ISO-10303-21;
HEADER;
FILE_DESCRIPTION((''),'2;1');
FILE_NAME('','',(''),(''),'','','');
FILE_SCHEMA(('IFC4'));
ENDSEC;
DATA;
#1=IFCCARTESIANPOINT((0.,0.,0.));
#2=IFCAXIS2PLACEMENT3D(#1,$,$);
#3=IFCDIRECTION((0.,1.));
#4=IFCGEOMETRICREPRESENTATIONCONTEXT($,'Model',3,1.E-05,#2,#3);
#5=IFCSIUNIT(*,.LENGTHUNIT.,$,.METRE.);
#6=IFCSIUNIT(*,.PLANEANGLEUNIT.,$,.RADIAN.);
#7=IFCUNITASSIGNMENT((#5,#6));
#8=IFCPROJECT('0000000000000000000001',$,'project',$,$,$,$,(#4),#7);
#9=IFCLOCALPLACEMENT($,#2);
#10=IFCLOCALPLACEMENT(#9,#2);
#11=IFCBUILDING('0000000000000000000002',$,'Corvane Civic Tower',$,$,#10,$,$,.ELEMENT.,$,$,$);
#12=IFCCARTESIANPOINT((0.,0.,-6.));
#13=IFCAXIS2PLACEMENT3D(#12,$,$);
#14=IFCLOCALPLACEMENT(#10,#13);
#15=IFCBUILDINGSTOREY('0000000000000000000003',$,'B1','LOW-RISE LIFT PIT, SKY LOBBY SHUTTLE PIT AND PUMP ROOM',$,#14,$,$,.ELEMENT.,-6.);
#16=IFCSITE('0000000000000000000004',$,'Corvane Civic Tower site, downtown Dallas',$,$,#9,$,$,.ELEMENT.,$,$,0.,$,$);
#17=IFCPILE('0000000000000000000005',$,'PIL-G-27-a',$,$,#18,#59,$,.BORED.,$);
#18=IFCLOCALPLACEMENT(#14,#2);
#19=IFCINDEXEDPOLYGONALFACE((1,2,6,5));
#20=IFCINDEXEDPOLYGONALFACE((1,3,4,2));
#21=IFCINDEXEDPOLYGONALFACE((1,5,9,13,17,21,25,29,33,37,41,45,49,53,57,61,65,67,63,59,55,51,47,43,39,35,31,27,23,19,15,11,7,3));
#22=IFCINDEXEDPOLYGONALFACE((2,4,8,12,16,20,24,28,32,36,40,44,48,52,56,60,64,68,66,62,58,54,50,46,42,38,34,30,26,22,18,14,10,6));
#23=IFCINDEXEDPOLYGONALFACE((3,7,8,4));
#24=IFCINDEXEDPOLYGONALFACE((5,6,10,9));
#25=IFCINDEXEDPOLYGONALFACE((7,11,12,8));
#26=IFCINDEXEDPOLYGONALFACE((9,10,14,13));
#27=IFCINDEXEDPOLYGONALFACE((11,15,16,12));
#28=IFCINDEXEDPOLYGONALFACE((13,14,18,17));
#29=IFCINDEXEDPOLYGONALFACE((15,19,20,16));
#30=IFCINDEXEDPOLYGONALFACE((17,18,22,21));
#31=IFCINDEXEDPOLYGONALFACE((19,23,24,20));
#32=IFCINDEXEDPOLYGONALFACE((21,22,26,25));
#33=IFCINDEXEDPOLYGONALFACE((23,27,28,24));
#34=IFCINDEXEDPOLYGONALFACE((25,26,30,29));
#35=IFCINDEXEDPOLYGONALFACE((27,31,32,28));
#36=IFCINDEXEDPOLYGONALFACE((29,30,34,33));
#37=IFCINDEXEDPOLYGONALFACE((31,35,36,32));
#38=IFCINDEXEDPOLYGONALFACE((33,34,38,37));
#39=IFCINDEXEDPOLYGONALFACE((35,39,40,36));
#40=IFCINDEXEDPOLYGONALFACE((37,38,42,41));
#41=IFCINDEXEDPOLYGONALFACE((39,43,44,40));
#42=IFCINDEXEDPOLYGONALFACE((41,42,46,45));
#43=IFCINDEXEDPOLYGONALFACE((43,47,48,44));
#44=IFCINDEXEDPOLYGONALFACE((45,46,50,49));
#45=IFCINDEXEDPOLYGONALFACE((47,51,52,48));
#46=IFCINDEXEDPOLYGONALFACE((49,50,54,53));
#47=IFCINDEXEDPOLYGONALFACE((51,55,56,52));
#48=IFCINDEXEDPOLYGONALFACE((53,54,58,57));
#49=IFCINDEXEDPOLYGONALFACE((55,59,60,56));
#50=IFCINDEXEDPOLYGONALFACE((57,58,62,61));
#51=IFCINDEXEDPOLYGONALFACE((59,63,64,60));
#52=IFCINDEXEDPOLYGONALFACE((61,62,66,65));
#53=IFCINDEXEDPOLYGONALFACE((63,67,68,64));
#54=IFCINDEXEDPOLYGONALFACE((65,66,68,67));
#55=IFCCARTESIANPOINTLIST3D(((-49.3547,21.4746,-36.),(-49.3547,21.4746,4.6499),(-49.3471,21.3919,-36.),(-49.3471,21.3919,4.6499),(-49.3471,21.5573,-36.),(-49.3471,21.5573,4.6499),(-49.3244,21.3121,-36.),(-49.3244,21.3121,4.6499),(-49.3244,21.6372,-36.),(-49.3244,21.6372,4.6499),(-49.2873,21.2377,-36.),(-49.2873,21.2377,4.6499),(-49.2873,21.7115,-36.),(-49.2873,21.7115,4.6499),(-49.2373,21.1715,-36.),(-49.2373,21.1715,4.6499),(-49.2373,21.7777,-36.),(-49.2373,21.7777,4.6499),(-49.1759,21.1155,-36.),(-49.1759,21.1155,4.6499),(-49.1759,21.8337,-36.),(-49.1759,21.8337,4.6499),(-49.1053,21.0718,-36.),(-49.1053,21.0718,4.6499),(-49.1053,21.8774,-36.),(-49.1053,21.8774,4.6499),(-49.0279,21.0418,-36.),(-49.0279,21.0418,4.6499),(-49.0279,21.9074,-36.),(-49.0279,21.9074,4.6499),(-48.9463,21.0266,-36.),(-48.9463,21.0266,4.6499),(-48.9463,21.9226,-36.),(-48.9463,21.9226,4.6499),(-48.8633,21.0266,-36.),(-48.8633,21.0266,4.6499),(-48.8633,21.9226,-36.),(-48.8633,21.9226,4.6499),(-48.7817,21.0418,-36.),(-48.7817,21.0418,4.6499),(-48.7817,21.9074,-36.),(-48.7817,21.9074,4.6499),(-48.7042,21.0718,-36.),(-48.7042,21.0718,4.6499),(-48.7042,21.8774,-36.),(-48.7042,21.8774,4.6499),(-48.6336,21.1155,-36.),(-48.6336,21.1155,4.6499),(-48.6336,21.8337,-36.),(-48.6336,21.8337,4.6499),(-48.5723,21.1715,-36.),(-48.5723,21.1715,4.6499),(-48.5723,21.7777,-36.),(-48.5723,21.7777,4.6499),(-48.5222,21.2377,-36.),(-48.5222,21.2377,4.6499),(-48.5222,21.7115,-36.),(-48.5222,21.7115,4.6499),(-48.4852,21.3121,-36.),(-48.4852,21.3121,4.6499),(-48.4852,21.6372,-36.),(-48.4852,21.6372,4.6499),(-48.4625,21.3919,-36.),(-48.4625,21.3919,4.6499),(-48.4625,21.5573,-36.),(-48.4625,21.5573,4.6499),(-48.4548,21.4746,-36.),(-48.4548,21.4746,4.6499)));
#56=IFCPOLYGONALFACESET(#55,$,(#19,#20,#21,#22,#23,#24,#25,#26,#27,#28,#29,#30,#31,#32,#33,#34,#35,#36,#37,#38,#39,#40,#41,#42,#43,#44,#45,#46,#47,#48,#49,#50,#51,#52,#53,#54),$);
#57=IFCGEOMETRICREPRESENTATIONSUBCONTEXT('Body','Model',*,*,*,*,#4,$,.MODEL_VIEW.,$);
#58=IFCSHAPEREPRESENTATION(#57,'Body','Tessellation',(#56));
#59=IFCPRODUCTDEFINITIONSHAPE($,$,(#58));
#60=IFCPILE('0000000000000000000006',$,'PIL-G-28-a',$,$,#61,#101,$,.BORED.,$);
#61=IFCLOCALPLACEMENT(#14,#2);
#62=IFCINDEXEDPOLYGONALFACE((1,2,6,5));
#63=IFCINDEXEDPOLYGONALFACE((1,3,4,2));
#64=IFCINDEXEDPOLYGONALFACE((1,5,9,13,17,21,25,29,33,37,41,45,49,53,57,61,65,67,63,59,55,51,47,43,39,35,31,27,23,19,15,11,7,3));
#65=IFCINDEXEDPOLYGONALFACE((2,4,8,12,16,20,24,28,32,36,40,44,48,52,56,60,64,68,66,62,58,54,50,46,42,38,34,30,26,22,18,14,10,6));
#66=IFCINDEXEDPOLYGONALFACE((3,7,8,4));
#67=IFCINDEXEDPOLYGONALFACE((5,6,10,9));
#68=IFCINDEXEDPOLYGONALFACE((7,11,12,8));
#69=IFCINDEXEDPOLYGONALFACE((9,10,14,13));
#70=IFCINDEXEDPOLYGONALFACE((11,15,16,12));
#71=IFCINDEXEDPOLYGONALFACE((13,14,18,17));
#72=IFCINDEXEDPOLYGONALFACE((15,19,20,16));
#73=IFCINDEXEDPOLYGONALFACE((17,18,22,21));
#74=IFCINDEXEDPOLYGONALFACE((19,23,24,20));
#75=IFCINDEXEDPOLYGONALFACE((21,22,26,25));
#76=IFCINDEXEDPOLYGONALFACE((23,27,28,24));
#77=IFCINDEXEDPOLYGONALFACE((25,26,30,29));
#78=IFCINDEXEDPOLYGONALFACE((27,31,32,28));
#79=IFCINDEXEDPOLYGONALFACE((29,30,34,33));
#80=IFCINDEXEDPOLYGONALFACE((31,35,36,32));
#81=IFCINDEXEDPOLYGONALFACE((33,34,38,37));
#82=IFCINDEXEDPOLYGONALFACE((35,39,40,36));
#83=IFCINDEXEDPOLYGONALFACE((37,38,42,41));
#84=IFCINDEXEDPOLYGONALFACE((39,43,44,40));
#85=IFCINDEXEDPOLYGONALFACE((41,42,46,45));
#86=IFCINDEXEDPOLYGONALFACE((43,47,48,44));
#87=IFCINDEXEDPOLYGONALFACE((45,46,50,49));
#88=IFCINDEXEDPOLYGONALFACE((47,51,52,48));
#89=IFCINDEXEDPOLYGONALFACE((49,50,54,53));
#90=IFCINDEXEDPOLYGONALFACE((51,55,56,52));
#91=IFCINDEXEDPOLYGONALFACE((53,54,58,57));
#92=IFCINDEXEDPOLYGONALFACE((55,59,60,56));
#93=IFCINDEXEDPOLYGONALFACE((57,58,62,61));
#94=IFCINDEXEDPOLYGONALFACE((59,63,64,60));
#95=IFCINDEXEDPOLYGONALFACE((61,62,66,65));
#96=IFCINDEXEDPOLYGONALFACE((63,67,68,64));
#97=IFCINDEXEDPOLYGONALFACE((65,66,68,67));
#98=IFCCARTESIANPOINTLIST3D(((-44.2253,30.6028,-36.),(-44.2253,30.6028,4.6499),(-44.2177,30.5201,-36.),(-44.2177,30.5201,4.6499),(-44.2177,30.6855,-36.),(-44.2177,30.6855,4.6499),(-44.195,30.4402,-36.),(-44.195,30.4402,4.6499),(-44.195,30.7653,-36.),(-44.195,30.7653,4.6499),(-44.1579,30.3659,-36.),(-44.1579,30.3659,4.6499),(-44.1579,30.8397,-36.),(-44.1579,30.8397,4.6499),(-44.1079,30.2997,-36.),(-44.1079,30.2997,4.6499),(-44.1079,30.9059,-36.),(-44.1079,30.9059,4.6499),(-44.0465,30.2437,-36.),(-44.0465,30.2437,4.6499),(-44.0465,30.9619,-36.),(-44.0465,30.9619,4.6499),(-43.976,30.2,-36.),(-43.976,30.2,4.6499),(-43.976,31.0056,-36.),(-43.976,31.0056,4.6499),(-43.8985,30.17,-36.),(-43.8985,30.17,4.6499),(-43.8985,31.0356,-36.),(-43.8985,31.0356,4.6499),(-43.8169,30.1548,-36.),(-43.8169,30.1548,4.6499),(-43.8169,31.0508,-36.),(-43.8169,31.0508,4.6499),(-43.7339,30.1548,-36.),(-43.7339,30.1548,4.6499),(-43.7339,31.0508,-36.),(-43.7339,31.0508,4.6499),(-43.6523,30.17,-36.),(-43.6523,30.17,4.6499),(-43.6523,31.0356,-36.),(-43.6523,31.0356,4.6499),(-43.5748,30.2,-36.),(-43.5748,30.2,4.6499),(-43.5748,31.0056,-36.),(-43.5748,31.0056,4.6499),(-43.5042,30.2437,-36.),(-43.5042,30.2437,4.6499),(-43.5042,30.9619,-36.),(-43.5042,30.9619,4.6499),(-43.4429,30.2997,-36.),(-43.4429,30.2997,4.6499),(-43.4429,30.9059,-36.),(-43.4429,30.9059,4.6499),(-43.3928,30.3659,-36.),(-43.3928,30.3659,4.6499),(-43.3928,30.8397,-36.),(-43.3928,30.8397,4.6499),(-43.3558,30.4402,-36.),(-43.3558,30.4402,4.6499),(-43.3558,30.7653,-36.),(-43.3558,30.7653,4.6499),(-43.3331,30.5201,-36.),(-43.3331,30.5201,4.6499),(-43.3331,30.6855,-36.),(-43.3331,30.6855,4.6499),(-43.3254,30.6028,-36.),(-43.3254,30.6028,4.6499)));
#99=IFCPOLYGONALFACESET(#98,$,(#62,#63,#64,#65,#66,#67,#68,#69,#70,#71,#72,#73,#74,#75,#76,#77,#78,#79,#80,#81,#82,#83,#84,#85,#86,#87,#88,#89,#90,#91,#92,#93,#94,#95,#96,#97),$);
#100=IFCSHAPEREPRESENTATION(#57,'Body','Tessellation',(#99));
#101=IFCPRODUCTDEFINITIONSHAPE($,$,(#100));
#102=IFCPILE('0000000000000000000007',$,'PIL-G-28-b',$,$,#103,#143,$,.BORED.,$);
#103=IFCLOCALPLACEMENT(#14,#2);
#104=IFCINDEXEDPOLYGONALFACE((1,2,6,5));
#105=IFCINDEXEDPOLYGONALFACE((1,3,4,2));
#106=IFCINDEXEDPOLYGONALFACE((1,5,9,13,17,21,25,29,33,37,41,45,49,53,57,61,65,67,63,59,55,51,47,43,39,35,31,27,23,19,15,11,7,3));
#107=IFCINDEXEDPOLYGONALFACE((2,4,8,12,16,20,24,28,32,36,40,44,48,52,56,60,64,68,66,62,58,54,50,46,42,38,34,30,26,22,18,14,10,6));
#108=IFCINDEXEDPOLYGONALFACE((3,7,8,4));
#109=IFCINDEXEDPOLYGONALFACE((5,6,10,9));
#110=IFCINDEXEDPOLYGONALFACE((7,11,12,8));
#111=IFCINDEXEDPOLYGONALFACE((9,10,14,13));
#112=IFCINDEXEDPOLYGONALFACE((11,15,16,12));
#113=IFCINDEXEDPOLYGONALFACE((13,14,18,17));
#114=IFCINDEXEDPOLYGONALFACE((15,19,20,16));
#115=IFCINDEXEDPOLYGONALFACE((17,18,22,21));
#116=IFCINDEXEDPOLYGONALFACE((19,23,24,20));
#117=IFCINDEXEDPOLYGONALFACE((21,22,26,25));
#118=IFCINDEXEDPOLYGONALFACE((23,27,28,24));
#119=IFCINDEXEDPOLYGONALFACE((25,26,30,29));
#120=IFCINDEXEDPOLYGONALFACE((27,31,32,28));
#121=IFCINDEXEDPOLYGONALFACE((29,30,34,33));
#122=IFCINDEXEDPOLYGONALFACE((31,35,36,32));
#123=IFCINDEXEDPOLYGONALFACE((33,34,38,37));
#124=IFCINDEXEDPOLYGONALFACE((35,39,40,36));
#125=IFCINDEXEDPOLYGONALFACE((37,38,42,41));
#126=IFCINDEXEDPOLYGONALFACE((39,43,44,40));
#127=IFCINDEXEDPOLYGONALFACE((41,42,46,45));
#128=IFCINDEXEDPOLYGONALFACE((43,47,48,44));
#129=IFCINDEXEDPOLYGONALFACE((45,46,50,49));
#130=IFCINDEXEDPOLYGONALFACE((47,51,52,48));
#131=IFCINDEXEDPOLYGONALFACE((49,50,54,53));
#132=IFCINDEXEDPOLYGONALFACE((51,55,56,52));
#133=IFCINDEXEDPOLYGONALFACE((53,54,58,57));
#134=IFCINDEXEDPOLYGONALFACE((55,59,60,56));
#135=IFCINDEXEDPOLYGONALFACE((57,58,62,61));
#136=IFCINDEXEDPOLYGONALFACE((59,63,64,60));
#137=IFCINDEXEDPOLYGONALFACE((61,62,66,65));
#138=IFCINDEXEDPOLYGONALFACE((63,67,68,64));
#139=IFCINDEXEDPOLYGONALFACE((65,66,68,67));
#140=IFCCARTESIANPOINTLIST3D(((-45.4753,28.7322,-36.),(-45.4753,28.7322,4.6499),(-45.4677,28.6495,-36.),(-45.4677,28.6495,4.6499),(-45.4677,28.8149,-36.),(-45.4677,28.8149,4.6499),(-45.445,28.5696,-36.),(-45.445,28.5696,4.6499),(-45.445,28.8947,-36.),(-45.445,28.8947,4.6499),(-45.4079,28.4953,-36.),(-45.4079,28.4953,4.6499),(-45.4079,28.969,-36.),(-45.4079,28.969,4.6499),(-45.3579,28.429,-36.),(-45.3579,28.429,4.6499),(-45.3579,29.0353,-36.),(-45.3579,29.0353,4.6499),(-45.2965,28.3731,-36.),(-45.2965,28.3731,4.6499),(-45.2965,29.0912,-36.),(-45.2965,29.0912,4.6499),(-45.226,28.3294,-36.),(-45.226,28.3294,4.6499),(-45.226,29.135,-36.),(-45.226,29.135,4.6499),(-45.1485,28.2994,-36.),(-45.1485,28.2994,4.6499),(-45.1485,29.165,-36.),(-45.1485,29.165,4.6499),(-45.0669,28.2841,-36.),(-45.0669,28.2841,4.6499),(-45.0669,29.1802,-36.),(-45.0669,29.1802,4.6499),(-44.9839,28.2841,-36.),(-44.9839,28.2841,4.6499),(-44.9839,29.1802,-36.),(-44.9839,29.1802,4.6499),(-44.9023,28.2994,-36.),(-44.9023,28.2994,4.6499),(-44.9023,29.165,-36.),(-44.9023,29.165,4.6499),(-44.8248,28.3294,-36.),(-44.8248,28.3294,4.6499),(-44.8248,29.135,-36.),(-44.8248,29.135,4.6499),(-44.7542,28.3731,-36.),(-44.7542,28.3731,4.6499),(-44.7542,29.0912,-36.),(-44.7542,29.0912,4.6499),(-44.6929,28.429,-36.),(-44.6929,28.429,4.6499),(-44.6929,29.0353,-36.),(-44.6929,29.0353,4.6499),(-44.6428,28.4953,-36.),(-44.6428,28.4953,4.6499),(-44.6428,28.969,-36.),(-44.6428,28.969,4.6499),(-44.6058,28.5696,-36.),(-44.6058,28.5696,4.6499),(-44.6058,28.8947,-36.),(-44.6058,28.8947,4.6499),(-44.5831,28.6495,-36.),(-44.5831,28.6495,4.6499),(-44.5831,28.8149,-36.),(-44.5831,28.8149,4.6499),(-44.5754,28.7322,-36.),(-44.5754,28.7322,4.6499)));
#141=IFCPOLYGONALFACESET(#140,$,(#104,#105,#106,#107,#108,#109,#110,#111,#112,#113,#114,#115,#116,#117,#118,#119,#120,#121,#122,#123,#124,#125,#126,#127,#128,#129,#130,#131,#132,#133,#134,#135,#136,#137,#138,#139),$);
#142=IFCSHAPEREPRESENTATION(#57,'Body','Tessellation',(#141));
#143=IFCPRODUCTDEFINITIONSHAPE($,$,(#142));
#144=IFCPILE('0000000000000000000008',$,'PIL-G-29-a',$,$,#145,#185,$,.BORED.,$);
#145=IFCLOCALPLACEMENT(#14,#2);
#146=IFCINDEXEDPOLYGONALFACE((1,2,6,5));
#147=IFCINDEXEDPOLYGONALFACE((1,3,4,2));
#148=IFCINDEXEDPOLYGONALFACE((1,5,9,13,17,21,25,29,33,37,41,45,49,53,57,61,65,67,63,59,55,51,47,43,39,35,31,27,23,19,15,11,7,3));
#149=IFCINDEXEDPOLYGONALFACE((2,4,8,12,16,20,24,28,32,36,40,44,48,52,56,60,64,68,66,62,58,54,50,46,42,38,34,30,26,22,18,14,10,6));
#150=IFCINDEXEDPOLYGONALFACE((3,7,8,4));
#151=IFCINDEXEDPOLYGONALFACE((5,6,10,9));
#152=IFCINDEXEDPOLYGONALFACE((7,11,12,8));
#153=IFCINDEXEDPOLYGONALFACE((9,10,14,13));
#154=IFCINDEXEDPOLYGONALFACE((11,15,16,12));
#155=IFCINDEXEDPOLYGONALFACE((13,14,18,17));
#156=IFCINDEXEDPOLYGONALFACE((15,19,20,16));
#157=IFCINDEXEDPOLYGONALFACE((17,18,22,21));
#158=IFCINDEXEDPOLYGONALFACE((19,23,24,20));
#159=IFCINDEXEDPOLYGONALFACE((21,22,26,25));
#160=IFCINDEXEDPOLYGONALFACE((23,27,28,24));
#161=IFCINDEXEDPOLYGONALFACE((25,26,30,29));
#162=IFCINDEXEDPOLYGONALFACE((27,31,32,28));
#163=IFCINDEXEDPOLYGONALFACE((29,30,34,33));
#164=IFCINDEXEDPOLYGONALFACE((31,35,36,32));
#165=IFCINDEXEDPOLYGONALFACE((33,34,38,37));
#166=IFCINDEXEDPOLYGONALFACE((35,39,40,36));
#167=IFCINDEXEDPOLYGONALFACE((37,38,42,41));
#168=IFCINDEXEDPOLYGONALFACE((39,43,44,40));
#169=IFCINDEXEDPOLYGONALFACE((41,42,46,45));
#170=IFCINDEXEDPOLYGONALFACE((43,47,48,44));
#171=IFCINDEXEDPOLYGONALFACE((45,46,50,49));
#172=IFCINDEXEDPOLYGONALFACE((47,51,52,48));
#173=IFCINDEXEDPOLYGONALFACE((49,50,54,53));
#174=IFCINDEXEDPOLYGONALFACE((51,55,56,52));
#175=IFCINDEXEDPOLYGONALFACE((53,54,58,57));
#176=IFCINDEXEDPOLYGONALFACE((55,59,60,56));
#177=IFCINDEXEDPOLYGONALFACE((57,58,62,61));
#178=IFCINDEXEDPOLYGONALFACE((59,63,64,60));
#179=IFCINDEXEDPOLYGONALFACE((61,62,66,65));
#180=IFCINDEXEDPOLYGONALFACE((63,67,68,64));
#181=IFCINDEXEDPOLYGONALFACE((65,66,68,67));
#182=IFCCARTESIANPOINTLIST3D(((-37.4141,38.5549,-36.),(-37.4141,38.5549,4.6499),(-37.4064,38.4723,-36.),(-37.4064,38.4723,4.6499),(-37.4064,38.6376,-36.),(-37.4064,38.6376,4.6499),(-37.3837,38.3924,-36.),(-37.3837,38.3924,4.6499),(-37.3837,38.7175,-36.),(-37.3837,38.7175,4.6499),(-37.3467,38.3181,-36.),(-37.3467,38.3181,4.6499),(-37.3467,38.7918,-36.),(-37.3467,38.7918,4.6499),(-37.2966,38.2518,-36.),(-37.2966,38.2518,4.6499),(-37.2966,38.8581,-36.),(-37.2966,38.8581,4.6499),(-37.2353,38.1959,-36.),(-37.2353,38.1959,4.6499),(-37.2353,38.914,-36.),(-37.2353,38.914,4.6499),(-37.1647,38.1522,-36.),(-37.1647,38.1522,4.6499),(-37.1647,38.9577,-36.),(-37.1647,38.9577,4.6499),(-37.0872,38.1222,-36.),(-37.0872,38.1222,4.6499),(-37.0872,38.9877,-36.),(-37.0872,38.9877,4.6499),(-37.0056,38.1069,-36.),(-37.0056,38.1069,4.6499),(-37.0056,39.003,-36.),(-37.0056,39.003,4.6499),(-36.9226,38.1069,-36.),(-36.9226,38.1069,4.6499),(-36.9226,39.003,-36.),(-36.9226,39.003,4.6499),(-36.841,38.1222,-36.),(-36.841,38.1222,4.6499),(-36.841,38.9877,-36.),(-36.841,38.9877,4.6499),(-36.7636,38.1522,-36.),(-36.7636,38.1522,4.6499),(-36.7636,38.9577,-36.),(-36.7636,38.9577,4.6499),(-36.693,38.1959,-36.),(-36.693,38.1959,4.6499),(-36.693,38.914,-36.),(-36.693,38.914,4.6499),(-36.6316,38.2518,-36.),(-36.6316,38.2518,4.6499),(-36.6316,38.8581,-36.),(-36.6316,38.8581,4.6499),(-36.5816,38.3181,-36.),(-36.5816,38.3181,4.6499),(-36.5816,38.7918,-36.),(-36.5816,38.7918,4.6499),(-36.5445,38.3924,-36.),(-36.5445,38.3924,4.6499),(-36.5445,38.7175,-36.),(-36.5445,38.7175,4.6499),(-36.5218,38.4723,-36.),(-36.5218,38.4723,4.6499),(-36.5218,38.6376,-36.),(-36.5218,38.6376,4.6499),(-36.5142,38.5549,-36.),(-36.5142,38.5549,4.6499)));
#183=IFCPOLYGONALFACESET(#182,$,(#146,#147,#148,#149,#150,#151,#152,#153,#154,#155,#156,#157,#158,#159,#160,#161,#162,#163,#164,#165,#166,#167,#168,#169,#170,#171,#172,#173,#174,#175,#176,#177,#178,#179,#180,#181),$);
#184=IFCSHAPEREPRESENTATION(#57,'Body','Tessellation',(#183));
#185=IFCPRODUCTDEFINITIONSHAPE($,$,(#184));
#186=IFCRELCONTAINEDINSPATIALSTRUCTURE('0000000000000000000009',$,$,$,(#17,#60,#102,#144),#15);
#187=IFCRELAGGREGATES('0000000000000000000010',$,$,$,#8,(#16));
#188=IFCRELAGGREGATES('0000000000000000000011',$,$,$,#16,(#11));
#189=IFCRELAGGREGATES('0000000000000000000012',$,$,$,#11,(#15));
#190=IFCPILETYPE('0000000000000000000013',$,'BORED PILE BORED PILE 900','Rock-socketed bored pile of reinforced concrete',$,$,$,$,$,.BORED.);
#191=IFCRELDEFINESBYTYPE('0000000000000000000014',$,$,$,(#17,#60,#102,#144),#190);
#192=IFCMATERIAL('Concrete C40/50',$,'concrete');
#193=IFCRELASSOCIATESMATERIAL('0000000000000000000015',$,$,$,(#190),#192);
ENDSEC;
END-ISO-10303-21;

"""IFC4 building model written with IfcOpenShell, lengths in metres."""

from ifc_helpers import new_model, si_unit, direction, frame, origin, origin_2d, place, context, subcontext, project, spatial, circle, extrude, material, material_profile, profile_set, type_object, element, save


model = new_model("IFC4")

# Units and contexts
model_context = context("Model", 3, precision=1e-05, world=origin(), true_north=direction((0.0, 1.0)))
body_context = subcontext(model_context, "Body", "Model", "MODEL_VIEW")
ifc_project = project(units=[si_unit("LENGTHUNIT", "METRE"), si_unit("PLANEANGLEUNIT", "RADIAN")], contexts=[model_context])

# Site, building, storey
site_placement = place(None, origin())
site = spatial("IfcSite", under=ifc_project, at=site_placement, Name="Corvane Civic Tower site, downtown Dallas", CompositionType="ELEMENT", RefElevation=0.0)
building_placement = place(site_placement, origin())
building = spatial("IfcBuilding", under=site, at=building_placement, Name="Corvane Civic Tower", CompositionType="ELEMENT")
storey_placement = place(building_placement, frame((0.0, 0.0, -6.0)))
storey = spatial("IfcBuildingStorey", under=building, at=storey_placement, Name="B1", Description="LOW-RISE LIFT PIT, SKY LOBBY SHUTTLE PIT AND PUMP ROOM", CompositionType="ELEMENT", Elevation=-6.0)

# Piles
ifc_material_1 = material(Name="Concrete C40/50", Category="concrete")
ifc_material_profile_1 = material_profile(ifc_material_1, circle(Radius=0.45, at=origin_2d()), Name="BORED PILE 900")
ifc_profile_set_1 = profile_set([ifc_material_profile_1], Name="Concrete C40/50")
pile_type_1 = type_object("IfcPileType", Name="BORED PILE BORED PILE 900", Description="Rock-socketed bored pile of reinforced concrete", PredefinedType="BORED", material=ifc_profile_set_1)
for number, where, z_axis, x_axis, name in (
    (1, (-48.9048, 21.4746, 4.6499), (0.0, 0.0, -1.0), (1.0, 0.0, 0.0), "PIL-G-27-a"),
    (2, (-43.7754, 30.6028, 4.6499), (0.0, 0.0, -1.0), (1.0, 0.0, 0.0), "PIL-G-28-a"),
    (3, (-45.0254, 28.7322, 4.6499), (0.0, 0.0, -1.0), (1.0, 0.0, 0.0), "PIL-G-28-b"),
    (4, (-36.9641, 38.5549, 4.6499), (0.0, 0.0, -1.0), (1.0, 0.0, 0.0), "PIL-G-29-a"),
):
    element("IfcPile", number, at=place(storey_placement, frame(where, z_axis=z_axis, x_axis=x_axis)), inside=storey, type_object=pile_type_1, Name=name, PredefinedType="BORED", context=body_context, shape_type="SweptSolid", body=[
        extrude(circle(Radius=0.45, at=origin_2d()), origin(), (0.0, 0.0, 1.0), 40.6499),
    ])

save(model, "model.ifc")
